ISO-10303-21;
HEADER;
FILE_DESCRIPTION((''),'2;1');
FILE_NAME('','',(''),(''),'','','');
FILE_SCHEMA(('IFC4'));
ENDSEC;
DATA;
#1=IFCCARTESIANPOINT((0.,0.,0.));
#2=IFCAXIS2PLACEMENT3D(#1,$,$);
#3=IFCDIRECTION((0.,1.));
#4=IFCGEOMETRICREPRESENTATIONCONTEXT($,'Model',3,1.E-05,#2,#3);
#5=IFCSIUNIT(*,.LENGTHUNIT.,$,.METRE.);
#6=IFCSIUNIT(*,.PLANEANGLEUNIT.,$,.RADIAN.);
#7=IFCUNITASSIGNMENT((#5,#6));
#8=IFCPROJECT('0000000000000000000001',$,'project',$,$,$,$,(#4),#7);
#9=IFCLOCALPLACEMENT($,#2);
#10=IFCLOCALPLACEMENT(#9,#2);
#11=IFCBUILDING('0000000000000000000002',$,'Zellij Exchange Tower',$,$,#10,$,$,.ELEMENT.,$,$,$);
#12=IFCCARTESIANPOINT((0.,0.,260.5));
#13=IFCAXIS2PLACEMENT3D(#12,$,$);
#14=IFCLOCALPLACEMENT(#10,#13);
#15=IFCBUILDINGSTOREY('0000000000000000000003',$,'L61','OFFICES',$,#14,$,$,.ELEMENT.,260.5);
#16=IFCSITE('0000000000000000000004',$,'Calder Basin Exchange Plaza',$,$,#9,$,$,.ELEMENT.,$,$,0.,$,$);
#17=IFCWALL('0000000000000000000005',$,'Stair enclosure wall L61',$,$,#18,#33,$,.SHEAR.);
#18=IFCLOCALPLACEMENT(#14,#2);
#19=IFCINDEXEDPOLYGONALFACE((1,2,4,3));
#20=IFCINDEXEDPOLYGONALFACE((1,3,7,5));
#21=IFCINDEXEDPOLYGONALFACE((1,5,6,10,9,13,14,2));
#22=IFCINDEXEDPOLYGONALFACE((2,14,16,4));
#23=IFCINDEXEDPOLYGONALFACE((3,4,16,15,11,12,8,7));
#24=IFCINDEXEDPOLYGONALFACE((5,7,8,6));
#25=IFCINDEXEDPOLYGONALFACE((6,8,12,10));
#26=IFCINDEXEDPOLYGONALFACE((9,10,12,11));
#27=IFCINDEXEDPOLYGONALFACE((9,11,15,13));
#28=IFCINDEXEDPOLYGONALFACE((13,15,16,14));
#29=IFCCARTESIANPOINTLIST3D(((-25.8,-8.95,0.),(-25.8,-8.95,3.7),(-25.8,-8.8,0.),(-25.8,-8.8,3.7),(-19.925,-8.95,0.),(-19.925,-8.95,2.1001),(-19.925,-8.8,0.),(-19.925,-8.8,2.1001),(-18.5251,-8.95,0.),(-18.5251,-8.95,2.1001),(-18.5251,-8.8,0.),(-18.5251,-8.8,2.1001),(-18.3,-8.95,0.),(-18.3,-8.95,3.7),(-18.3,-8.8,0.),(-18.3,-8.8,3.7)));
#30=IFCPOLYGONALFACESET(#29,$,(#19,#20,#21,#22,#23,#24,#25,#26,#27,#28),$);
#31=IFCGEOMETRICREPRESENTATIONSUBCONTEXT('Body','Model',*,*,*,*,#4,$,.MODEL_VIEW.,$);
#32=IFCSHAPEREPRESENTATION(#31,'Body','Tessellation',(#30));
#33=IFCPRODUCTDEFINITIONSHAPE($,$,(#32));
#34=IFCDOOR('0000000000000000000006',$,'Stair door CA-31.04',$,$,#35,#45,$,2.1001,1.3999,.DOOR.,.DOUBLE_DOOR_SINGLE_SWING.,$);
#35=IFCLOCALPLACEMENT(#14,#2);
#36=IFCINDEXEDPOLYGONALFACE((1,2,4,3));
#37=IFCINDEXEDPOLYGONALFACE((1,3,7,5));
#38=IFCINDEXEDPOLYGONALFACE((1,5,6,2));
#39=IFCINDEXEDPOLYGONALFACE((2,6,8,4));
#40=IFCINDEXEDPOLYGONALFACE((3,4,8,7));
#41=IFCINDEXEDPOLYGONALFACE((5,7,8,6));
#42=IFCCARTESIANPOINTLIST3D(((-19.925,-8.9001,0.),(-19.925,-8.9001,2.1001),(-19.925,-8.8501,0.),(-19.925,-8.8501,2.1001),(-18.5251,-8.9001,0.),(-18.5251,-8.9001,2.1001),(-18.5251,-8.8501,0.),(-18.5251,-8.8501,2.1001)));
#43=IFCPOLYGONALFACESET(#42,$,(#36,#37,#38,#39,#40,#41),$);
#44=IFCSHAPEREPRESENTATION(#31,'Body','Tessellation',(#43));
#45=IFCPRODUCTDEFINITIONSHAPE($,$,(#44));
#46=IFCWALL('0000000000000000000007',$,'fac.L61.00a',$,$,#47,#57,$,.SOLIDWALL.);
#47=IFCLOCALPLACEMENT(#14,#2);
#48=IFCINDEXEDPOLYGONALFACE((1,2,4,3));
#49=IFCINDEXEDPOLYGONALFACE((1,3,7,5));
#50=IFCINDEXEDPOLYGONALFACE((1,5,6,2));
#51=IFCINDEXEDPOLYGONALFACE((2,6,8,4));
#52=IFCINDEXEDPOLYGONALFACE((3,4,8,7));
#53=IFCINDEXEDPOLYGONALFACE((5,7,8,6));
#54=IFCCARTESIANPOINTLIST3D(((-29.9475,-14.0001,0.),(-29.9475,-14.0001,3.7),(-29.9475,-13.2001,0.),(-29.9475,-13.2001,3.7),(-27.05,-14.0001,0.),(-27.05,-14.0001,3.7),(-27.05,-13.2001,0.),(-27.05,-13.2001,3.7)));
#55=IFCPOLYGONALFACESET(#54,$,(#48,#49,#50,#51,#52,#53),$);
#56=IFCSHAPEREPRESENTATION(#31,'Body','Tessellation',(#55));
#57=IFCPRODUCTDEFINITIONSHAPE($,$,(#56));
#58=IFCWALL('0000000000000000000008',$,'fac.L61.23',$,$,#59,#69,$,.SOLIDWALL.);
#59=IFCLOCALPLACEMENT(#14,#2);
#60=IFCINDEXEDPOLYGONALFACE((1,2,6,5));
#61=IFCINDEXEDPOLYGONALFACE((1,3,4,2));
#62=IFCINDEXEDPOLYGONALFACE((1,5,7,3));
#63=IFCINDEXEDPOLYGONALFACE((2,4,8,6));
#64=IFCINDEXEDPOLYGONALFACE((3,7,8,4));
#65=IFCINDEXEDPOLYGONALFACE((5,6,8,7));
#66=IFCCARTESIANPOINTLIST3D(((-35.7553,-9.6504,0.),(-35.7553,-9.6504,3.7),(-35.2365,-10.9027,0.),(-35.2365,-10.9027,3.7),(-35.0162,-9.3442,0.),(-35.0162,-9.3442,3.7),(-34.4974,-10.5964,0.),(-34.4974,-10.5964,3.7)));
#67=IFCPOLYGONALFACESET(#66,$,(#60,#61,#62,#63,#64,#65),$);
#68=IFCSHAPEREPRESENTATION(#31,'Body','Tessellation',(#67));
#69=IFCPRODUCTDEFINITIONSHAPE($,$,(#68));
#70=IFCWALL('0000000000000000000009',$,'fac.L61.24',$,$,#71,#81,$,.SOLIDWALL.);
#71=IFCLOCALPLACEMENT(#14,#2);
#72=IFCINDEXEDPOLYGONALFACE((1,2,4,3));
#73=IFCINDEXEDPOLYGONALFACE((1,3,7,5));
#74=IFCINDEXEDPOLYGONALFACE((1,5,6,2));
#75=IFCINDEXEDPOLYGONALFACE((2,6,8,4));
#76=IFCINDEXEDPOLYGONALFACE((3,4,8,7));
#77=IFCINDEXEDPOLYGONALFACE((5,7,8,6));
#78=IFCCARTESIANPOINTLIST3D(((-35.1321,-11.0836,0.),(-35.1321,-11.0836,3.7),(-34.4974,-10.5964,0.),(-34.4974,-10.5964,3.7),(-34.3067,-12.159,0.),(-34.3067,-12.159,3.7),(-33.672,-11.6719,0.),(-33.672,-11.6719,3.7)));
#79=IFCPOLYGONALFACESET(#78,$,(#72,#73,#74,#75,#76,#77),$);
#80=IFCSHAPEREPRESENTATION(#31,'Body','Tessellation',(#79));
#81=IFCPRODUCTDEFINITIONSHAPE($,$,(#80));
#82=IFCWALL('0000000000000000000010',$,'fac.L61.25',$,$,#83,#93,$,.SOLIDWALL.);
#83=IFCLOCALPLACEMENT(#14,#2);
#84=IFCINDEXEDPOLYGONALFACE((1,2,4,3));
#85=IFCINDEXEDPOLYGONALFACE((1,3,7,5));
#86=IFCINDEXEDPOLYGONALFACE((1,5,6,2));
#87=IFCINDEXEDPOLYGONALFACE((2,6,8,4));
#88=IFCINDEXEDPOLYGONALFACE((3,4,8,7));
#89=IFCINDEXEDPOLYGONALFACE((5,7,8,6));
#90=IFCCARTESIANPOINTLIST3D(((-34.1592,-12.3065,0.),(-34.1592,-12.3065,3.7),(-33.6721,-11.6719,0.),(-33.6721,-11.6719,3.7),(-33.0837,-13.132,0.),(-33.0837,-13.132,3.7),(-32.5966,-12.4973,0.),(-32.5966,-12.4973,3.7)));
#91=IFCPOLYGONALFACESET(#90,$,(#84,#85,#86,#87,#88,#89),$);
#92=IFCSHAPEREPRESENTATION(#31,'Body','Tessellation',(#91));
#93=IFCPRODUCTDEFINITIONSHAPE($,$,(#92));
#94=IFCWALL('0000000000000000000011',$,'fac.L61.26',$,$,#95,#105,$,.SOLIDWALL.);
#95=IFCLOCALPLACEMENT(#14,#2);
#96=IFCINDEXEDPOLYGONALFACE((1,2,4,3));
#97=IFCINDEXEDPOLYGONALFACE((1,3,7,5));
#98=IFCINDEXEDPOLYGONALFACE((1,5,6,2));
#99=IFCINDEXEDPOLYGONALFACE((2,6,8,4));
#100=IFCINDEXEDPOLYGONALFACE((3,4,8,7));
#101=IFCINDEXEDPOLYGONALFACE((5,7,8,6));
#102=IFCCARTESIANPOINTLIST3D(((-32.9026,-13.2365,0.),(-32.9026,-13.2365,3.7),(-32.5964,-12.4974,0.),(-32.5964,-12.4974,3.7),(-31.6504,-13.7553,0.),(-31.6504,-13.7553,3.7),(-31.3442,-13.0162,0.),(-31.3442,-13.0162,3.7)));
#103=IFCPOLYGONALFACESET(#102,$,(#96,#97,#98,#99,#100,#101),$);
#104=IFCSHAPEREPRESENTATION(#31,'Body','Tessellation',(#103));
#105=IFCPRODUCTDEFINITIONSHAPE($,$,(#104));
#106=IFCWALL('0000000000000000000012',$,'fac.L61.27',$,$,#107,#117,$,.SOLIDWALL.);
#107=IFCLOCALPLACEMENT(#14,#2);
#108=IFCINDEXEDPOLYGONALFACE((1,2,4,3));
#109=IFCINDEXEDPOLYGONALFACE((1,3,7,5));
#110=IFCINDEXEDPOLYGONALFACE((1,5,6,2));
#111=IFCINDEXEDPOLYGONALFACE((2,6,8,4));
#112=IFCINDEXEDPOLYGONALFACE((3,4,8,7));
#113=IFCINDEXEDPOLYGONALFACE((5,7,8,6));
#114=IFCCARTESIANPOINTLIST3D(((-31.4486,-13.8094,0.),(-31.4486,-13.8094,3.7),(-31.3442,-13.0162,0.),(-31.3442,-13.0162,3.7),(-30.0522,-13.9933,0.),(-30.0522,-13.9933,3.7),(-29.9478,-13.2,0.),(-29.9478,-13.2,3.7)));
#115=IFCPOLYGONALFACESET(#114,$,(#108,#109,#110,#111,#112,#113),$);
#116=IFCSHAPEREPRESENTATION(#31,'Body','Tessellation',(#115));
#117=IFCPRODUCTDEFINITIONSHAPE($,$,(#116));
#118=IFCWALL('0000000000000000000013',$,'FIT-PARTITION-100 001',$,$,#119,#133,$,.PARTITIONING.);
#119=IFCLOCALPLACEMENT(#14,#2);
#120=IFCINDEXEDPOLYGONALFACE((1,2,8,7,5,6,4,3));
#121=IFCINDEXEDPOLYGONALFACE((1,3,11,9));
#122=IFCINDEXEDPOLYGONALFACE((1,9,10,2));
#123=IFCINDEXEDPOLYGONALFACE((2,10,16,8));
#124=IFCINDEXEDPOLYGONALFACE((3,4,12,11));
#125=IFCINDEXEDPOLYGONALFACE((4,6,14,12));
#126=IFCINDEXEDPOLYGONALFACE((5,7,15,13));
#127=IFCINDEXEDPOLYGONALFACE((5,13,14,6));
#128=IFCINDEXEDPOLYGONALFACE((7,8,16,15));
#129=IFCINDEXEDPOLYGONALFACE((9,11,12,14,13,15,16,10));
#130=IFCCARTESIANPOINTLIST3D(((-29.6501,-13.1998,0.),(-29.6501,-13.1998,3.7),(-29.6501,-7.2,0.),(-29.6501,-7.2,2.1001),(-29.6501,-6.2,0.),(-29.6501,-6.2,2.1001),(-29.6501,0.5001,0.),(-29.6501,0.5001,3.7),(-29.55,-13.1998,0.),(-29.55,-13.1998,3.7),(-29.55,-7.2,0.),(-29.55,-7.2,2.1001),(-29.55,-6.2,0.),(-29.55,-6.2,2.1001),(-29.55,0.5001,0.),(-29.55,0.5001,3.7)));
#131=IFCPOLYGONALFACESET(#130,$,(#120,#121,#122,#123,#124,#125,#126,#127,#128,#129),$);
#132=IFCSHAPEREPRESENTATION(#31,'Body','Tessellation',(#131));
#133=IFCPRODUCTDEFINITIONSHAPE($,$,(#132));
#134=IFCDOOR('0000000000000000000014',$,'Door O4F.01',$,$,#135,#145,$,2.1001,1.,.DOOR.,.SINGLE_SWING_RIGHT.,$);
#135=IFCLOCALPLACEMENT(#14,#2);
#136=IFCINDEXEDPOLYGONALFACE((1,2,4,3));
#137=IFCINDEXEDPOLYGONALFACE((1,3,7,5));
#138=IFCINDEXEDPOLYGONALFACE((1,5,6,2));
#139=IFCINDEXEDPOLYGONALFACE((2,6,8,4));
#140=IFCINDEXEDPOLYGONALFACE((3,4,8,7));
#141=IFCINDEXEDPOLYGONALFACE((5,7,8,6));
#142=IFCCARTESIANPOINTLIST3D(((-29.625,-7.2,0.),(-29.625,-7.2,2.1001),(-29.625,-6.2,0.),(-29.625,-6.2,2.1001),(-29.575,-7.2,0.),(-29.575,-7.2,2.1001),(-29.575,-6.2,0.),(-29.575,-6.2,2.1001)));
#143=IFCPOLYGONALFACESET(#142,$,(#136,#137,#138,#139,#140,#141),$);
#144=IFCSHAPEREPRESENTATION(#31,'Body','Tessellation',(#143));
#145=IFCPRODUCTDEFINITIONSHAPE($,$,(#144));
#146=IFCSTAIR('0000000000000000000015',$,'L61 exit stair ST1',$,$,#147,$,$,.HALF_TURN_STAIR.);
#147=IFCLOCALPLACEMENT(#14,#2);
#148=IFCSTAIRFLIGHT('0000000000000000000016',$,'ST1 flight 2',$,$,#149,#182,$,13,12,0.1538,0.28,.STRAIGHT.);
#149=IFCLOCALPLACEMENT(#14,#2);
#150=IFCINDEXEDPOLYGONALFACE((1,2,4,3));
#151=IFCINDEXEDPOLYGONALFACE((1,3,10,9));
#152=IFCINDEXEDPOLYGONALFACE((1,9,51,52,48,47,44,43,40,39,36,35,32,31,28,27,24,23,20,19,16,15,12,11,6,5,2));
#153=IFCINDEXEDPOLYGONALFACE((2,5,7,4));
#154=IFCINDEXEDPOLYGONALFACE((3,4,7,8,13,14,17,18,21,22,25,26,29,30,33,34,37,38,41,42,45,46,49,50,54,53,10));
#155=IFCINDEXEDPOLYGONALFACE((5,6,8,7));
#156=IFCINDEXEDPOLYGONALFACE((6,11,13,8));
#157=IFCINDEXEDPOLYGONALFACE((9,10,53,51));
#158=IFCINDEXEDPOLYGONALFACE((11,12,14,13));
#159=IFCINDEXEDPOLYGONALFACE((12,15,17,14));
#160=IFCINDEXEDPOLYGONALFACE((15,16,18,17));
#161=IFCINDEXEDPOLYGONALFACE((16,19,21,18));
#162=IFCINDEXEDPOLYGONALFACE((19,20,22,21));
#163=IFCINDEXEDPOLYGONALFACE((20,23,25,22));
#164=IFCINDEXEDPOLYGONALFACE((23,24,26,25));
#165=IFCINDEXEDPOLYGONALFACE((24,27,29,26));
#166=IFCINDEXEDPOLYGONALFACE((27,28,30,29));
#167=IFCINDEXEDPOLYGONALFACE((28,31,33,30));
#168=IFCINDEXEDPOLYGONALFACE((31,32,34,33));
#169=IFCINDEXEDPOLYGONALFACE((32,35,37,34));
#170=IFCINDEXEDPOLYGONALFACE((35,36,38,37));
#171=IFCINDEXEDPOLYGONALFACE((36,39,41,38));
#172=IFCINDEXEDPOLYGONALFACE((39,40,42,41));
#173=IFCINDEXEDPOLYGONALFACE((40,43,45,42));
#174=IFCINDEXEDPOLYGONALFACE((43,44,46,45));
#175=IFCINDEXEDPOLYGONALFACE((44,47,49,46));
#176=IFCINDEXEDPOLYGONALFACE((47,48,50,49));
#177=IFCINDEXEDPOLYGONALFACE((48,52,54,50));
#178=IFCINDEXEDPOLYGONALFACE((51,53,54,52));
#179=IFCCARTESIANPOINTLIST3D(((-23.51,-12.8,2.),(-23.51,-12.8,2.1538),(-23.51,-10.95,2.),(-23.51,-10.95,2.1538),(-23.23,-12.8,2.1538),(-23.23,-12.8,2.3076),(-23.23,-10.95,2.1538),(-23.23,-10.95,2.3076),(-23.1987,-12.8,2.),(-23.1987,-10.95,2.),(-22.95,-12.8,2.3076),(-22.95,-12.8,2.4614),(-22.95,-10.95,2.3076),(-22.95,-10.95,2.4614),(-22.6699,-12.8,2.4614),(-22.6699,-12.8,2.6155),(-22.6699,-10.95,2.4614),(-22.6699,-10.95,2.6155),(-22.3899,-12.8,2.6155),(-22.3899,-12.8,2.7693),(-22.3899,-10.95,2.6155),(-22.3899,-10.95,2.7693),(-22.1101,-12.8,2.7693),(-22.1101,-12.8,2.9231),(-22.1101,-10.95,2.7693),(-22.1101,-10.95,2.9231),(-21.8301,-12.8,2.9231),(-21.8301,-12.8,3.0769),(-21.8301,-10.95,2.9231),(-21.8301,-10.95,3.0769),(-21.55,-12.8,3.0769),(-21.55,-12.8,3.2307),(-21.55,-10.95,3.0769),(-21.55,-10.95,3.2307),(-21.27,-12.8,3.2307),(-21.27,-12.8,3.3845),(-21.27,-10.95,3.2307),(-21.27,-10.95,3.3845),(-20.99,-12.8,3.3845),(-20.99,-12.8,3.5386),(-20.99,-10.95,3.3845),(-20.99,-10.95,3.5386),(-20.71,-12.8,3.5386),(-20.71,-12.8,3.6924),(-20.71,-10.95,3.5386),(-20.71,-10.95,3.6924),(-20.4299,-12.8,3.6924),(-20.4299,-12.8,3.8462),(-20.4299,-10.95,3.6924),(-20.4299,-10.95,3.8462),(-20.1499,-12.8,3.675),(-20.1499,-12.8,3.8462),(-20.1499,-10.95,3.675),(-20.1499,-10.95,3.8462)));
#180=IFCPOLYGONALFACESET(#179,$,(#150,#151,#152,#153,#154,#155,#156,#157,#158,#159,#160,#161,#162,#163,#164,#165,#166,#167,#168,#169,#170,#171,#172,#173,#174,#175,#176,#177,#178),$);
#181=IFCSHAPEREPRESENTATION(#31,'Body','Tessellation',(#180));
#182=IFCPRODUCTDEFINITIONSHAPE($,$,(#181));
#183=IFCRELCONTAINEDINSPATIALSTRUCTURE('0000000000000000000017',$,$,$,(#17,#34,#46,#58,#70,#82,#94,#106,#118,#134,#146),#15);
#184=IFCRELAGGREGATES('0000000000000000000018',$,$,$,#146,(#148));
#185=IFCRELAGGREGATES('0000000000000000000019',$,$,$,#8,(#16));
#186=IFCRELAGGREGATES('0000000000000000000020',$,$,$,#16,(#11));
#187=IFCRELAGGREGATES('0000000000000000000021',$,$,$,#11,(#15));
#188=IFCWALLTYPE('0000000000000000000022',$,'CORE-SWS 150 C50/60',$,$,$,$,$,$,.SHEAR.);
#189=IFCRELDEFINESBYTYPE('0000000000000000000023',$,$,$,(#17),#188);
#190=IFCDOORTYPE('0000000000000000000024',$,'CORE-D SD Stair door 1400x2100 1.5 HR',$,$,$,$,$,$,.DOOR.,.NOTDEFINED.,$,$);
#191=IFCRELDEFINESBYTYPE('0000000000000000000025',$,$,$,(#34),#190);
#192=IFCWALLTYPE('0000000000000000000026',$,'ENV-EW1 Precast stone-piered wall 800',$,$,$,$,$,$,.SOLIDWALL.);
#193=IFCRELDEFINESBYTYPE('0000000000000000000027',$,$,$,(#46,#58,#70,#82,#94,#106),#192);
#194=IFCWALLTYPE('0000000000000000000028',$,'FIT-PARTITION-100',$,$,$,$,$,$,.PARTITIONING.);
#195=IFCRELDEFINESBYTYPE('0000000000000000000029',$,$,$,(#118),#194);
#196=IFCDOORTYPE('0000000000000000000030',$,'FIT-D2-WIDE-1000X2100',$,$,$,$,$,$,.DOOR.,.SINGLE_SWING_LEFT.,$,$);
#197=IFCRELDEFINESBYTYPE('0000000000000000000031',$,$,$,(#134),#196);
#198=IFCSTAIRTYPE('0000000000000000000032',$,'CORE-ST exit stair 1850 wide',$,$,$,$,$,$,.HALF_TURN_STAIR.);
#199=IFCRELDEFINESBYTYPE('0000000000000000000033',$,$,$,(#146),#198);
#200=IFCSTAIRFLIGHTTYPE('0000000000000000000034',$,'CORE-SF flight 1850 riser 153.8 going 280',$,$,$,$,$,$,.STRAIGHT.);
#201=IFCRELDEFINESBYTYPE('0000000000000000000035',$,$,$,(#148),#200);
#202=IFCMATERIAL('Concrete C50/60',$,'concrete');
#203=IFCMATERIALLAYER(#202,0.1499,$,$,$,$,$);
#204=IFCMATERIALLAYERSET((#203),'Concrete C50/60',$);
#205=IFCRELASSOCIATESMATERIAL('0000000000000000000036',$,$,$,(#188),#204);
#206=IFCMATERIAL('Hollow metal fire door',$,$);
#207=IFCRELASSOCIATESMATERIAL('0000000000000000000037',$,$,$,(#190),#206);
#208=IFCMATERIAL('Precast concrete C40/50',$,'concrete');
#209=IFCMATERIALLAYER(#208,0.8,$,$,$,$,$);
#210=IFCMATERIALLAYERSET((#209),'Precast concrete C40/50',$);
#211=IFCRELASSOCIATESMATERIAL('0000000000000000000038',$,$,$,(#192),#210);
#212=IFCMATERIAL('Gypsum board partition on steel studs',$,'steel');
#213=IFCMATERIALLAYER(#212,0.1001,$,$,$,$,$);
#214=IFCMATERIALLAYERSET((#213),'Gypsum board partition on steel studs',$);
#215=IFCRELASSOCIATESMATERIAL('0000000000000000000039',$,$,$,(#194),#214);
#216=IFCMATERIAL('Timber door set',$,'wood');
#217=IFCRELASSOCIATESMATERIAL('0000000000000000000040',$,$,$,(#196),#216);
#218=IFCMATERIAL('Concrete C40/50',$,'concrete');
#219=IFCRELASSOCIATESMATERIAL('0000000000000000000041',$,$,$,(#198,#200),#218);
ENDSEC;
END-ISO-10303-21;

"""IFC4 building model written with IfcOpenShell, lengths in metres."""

from ifc_helpers import new_model, si_unit, direction, frame, frame_2d, origin, place, context, subcontext, project, spatial, polyline, rectangle, outline, extrude, material, layer, layer_set, type_object, element, fill, aggregate, save


model = new_model("IFC4")

# Units and contexts
model_context = context("Model", 3, precision=1e-05, world=origin(), true_north=direction((0.0, 1.0)))
body_context = subcontext(model_context, "Body", "Model", "MODEL_VIEW")
ifc_project = project(units=[si_unit("LENGTHUNIT", "METRE"), si_unit("PLANEANGLEUNIT", "RADIAN")], contexts=[model_context])

# Site, building, storey
site_placement = place(None, origin())
site = spatial("IfcSite", under=ifc_project, at=site_placement, Name="Calder Basin Exchange Plaza", CompositionType="ELEMENT", RefElevation=0.0)
building_placement = place(site_placement, origin())
building = spatial("IfcBuilding", under=site, at=building_placement, Name="Zellij Exchange Tower", CompositionType="ELEMENT")
storey_placement = place(building_placement, frame((0.0, 0.0, 260.5)))
storey = spatial("IfcBuildingStorey", under=building, at=storey_placement, Name="L61", Description="OFFICES", CompositionType="ELEMENT", Elevation=260.5)

# Shared definitions
ifc_material_1 = material(Name="Concrete C50/60", Category="concrete")

# Wall, opening, door
ifc_material_2 = material(Name="Hollow metal fire door")
ifc_layer_1 = layer(ifc_material_1, 0.1499)
ifc_layer_set_1 = layer_set([ifc_layer_1], Name="Concrete C50/60")
wall_type_1 = type_object("IfcWallType", Name="CORE-SWS 150 C50/60", PredefinedType="SHEAR", material=ifc_layer_set_1)
wall_1_placement = place(storey_placement, frame((-25.8, -8.875, 0.0), z_axis=(0.0, 0.0, 1.0), x_axis=(1.0, 0.0, 0.0)))
wall_1 = element("IfcWall", 1, at=wall_1_placement, inside=storey, type_object=wall_type_1, Name="Stair enclosure wall L61", PredefinedType="SHEAR", context=body_context, shape_type="SweptSolid", body=[
    extrude(rectangle(XDim=7.5, YDim=0.1499, at=frame_2d((3.75, 0.0))), origin(), (0.0, 0.0, 1.0), 3.7),
])
opening_1_placement = place(wall_1_placement, frame((5.875, 0.0, 0.0)))
opening_1 = element("IfcOpeningElement", 2, at=opening_1_placement, cuts=wall_1, PredefinedType="OPENING", context=body_context, shape_type="SweptSolid", body=[
    extrude(rectangle(XDim=1.3999, YDim=2.1001, at=frame_2d((0.7, 1.05))), frame((0.0, 0.0869, 0.0), z_axis=(0.0, -1.0, 0.0), x_axis=(1.0, 0.0, 0.0)), (0.0, 0.0, 1.0), 0.1738),
])
door_type_1 = type_object("IfcDoorType", Name="CORE-D SD Stair door 1400x2100 1.5 HR", OperationType="NOTDEFINED", PredefinedType="DOOR", material=ifc_material_2)
door_1_placement = place(opening_1_placement, origin())
door_1 = element("IfcDoor", 3, at=door_1_placement, inside=storey, type_object=door_type_1, Name="Stair door CA-31.04", OperationType="DOUBLE_DOOR_SINGLE_SWING", OverallHeight=2.1001, OverallWidth=1.3999, PredefinedType="DOOR", context=body_context, shape_type="SweptSolid", body=[
    extrude(rectangle(XDim=1.3999, YDim=2.1001, at=frame_2d((0.7, 1.05))), frame((0.0, 0.0249, 0.0), z_axis=(0.0, -1.0, 0.0), x_axis=(1.0, 0.0, 0.0)), (0.0, 0.0, 1.0), 0.05),
])
fill(opening_1, door_1)

# Walls
ifc_material_3 = material(Name="Precast concrete C40/50", Category="concrete")
ifc_layer_2 = layer(ifc_material_3, 0.8)
ifc_layer_set_2 = layer_set([ifc_layer_2], Name="Precast concrete C40/50")
wall_type_2 = type_object("IfcWallType", Name="ENV-EW1 Precast stone-piered wall 800", PredefinedType="SOLIDWALL", material=ifc_layer_set_2)
wall_2_placement = place(storey_placement, frame((-29.9475, -13.6001, 0.0), z_axis=(0.0, 0.0, 1.0), x_axis=(1.0, 0.0, 0.0)))
element("IfcWall", 4, at=wall_2_placement, inside=storey, type_object=wall_type_2, Name="fac.L61.00a", PredefinedType="SOLIDWALL", context=body_context, shape_type="SweptSolid", body=[
    extrude(rectangle(XDim=2.8975, YDim=0.8, at=frame_2d((1.4487, 0.0))), origin(), (0.0, 0.0, 1.0), 3.7),
])
wall_3_placement = place(storey_placement, frame((-35.3857, -9.4973, 0.0), z_axis=(0.0, 0.0, 1.0), x_axis=(0.38276, -0.923848, 0.0)))
element("IfcWall", 5, at=wall_3_placement, inside=storey, type_object=wall_type_2, Name="fac.L61.23", PredefinedType="SOLIDWALL", context=body_context, shape_type="SweptSolid", body=[
    extrude(rectangle(XDim=1.3555, YDim=0.8, at=frame_2d((0.6777, 0.0))), origin(), (0.0, 0.0, 1.0), 3.7),
])
for number, where, z_axis, x_axis, name in (
    (6, (-34.8147, -10.8401, 0.0), (0.0, 0.0, 1.0), (0.608866, -0.793273, 0.0), "fac.L61.24"),
    (7, (-33.9155, -11.9893, 0.0), (0.0, 0.0, 1.0), (0.793273, -0.608866, 0.0), "fac.L61.25"),
):
    element("IfcWall", number, at=place(storey_placement, frame(where, z_axis=z_axis, x_axis=x_axis)), inside=storey, type_object=wall_type_2, Name=name, PredefinedType="SOLIDWALL", context=body_context, shape_type="SweptSolid", body=[
        extrude(rectangle(XDim=1.3557, YDim=0.8, at=frame_2d((0.6777, 0.0))), origin(), (0.0, 0.0, 1.0), 3.7),
    ])
wall_4_placement = place(storey_placement, frame((-32.7495, -12.8669, 0.0), z_axis=(0.0, 0.0, 1.0), x_axis=(0.923848, -0.38276, 0.0)))
element("IfcWall", 8, at=wall_4_placement, inside=storey, type_object=wall_type_2, Name="fac.L61.26", PredefinedType="SOLIDWALL", context=body_context, shape_type="SweptSolid", body=[
    extrude(rectangle(XDim=1.3555, YDim=0.8, at=frame_2d((0.6777, 0.0))), origin(), (0.0, 0.0, 1.0), 3.7),
])
wall_5_placement = place(storey_placement, frame((-31.3962, -13.4128, 0.0), z_axis=(0.0, 0.0, 1.0), x_axis=(0.991446, -0.130517, 0.0)))
element("IfcWall", 9, at=wall_5_placement, inside=storey, type_object=wall_type_2, Name="fac.L61.27", PredefinedType="SOLIDWALL", context=body_context, shape_type="SweptSolid", body=[
    extrude(rectangle(XDim=1.4084, YDim=0.8, at=frame_2d((0.7041, 0.0))), origin(), (0.0, 0.0, 1.0), 3.7),
])

# Wall, opening, door
ifc_material_4 = material(Name="Gypsum board partition on steel studs", Category="steel")
ifc_layer_3 = layer(ifc_material_4, 0.1001)
ifc_layer_set_3 = layer_set([ifc_layer_3], Name="Gypsum board partition on steel studs")
wall_type_3 = type_object("IfcWallType", Name="FIT-PARTITION-100", PredefinedType="PARTITIONING", material=ifc_layer_set_3)
wall_6_placement = place(storey_placement, frame((-29.6001, -13.2, 0.0), z_axis=(0.0, 0.0, 1.0), x_axis=(0.0, 1.0, 0.0)))
wall_6 = element("IfcWall", 10, at=wall_6_placement, inside=storey, type_object=wall_type_3, Name="FIT-PARTITION-100 001", PredefinedType="PARTITIONING", context=body_context, shape_type="SweptSolid", body=[
    extrude(rectangle(XDim=13.7, YDim=0.1001, at=frame_2d((6.8501, 0.0))), origin(), (0.0, 0.0, 1.0), 3.7),
])
opening_2_placement = place(wall_6_placement, frame((6.0, 0.0, 0.0)))
opening_2 = element("IfcOpeningElement", 11, at=opening_2_placement, cuts=wall_6, PredefinedType="OPENING", context=body_context, shape_type="SweptSolid", body=[
    extrude(rectangle(XDim=1.0, YDim=2.1001, at=frame_2d((0.5, 1.05))), frame((0.0, 0.062, 0.0), z_axis=(0.0, -1.0, 0.0), x_axis=(1.0, 0.0, 0.0)), (0.0, 0.0, 1.0), 0.124),
])
ifc_material_5 = material(Name="Timber door set", Category="wood")
door_type_2 = type_object("IfcDoorType", Name="FIT-D2-WIDE-1000X2100", OperationType="SINGLE_SWING_LEFT", PredefinedType="DOOR", material=ifc_material_5)
door_2_placement = place(opening_2_placement, origin())
door_2 = element("IfcDoor", 12, at=door_2_placement, inside=storey, type_object=door_type_2, Name="Door O4F.01", OperationType="SINGLE_SWING_RIGHT", OverallHeight=2.1001, OverallWidth=1.0, PredefinedType="DOOR", context=body_context, shape_type="SweptSolid", body=[
    extrude(rectangle(XDim=1.0, YDim=2.1001, at=frame_2d((0.5, 1.05))), frame((0.0, 0.0249, 0.0), z_axis=(0.0, -1.0, 0.0), x_axis=(1.0, 0.0, 0.0)), (0.0, 0.0, 1.0), 0.05),
])
fill(opening_2, door_2)

# Stair, stair flight
ifc_material_6 = material(Name="Concrete C40/50", Category="concrete")
stair_type = type_object("IfcStairType", Name="CORE-ST exit stair 1850 wide", PredefinedType="HALF_TURN_STAIR", material=ifc_material_6)
stair_placement = place(storey_placement, origin())
stair = element("IfcStair", 13, at=stair_placement, inside=storey, type_object=stair_type, Name="L61 exit stair ST1", PredefinedType="HALF_TURN_STAIR")
stair_flight_type = type_object("IfcStairFlightType", Name="CORE-SF flight 1850 riser 153.8 going 280", PredefinedType="STRAIGHT", material=ifc_material_6)
stair_flight_placement = place(storey_placement, frame((-23.51, -11.875, 2.0), z_axis=(0.0, 0.0, 1.0), x_axis=(1.0, 0.0, 0.0)))
stair_flight = element("IfcStairFlight", 14, at=stair_flight_placement, type_object=stair_flight_type, Name="ST1 flight 2", NumberOfRisers=13, NumberOfTreads=12, PredefinedType="STRAIGHT", RiserHeight=0.1538, TreadLength=0.28, context=body_context, shape_type="SweptSolid", body=[
    extrude(outline(polyline([(0.0, 0.0), (0.0, 0.1538), (0.28, 0.1538), (0.28, 0.3076), (0.5601, 0.3076), (0.5601, 0.4614), (0.8401, 0.4614), (0.8401, 0.6155), (1.1201, 0.6155), (1.1201, 0.7693), (1.3999, 0.7693), (1.3999, 0.9231), (1.6799, 0.9231), (1.6799, 1.0769), (1.96, 1.0769), (1.96, 1.2307), (2.24, 1.2307), (2.24, 1.3845), (2.52, 1.3845), (2.52, 1.5386), (2.8, 1.5386), (2.8, 1.6924), (3.0801, 1.6924), (3.0801, 1.8462), (3.3601, 1.8462), (3.3601, 2.0), (3.3601, 1.675), (0.3113, 0.0), (0.0, 0.0)])), frame((0.0, 0.925, 0.0), z_axis=(0.0, -1.0, 0.0), x_axis=(1.0, 0.0, 0.0)), (0.0, 0.0, 1.0), 1.8501),
])
aggregate(stair, [stair_flight])

save(model, "model.ifc")
